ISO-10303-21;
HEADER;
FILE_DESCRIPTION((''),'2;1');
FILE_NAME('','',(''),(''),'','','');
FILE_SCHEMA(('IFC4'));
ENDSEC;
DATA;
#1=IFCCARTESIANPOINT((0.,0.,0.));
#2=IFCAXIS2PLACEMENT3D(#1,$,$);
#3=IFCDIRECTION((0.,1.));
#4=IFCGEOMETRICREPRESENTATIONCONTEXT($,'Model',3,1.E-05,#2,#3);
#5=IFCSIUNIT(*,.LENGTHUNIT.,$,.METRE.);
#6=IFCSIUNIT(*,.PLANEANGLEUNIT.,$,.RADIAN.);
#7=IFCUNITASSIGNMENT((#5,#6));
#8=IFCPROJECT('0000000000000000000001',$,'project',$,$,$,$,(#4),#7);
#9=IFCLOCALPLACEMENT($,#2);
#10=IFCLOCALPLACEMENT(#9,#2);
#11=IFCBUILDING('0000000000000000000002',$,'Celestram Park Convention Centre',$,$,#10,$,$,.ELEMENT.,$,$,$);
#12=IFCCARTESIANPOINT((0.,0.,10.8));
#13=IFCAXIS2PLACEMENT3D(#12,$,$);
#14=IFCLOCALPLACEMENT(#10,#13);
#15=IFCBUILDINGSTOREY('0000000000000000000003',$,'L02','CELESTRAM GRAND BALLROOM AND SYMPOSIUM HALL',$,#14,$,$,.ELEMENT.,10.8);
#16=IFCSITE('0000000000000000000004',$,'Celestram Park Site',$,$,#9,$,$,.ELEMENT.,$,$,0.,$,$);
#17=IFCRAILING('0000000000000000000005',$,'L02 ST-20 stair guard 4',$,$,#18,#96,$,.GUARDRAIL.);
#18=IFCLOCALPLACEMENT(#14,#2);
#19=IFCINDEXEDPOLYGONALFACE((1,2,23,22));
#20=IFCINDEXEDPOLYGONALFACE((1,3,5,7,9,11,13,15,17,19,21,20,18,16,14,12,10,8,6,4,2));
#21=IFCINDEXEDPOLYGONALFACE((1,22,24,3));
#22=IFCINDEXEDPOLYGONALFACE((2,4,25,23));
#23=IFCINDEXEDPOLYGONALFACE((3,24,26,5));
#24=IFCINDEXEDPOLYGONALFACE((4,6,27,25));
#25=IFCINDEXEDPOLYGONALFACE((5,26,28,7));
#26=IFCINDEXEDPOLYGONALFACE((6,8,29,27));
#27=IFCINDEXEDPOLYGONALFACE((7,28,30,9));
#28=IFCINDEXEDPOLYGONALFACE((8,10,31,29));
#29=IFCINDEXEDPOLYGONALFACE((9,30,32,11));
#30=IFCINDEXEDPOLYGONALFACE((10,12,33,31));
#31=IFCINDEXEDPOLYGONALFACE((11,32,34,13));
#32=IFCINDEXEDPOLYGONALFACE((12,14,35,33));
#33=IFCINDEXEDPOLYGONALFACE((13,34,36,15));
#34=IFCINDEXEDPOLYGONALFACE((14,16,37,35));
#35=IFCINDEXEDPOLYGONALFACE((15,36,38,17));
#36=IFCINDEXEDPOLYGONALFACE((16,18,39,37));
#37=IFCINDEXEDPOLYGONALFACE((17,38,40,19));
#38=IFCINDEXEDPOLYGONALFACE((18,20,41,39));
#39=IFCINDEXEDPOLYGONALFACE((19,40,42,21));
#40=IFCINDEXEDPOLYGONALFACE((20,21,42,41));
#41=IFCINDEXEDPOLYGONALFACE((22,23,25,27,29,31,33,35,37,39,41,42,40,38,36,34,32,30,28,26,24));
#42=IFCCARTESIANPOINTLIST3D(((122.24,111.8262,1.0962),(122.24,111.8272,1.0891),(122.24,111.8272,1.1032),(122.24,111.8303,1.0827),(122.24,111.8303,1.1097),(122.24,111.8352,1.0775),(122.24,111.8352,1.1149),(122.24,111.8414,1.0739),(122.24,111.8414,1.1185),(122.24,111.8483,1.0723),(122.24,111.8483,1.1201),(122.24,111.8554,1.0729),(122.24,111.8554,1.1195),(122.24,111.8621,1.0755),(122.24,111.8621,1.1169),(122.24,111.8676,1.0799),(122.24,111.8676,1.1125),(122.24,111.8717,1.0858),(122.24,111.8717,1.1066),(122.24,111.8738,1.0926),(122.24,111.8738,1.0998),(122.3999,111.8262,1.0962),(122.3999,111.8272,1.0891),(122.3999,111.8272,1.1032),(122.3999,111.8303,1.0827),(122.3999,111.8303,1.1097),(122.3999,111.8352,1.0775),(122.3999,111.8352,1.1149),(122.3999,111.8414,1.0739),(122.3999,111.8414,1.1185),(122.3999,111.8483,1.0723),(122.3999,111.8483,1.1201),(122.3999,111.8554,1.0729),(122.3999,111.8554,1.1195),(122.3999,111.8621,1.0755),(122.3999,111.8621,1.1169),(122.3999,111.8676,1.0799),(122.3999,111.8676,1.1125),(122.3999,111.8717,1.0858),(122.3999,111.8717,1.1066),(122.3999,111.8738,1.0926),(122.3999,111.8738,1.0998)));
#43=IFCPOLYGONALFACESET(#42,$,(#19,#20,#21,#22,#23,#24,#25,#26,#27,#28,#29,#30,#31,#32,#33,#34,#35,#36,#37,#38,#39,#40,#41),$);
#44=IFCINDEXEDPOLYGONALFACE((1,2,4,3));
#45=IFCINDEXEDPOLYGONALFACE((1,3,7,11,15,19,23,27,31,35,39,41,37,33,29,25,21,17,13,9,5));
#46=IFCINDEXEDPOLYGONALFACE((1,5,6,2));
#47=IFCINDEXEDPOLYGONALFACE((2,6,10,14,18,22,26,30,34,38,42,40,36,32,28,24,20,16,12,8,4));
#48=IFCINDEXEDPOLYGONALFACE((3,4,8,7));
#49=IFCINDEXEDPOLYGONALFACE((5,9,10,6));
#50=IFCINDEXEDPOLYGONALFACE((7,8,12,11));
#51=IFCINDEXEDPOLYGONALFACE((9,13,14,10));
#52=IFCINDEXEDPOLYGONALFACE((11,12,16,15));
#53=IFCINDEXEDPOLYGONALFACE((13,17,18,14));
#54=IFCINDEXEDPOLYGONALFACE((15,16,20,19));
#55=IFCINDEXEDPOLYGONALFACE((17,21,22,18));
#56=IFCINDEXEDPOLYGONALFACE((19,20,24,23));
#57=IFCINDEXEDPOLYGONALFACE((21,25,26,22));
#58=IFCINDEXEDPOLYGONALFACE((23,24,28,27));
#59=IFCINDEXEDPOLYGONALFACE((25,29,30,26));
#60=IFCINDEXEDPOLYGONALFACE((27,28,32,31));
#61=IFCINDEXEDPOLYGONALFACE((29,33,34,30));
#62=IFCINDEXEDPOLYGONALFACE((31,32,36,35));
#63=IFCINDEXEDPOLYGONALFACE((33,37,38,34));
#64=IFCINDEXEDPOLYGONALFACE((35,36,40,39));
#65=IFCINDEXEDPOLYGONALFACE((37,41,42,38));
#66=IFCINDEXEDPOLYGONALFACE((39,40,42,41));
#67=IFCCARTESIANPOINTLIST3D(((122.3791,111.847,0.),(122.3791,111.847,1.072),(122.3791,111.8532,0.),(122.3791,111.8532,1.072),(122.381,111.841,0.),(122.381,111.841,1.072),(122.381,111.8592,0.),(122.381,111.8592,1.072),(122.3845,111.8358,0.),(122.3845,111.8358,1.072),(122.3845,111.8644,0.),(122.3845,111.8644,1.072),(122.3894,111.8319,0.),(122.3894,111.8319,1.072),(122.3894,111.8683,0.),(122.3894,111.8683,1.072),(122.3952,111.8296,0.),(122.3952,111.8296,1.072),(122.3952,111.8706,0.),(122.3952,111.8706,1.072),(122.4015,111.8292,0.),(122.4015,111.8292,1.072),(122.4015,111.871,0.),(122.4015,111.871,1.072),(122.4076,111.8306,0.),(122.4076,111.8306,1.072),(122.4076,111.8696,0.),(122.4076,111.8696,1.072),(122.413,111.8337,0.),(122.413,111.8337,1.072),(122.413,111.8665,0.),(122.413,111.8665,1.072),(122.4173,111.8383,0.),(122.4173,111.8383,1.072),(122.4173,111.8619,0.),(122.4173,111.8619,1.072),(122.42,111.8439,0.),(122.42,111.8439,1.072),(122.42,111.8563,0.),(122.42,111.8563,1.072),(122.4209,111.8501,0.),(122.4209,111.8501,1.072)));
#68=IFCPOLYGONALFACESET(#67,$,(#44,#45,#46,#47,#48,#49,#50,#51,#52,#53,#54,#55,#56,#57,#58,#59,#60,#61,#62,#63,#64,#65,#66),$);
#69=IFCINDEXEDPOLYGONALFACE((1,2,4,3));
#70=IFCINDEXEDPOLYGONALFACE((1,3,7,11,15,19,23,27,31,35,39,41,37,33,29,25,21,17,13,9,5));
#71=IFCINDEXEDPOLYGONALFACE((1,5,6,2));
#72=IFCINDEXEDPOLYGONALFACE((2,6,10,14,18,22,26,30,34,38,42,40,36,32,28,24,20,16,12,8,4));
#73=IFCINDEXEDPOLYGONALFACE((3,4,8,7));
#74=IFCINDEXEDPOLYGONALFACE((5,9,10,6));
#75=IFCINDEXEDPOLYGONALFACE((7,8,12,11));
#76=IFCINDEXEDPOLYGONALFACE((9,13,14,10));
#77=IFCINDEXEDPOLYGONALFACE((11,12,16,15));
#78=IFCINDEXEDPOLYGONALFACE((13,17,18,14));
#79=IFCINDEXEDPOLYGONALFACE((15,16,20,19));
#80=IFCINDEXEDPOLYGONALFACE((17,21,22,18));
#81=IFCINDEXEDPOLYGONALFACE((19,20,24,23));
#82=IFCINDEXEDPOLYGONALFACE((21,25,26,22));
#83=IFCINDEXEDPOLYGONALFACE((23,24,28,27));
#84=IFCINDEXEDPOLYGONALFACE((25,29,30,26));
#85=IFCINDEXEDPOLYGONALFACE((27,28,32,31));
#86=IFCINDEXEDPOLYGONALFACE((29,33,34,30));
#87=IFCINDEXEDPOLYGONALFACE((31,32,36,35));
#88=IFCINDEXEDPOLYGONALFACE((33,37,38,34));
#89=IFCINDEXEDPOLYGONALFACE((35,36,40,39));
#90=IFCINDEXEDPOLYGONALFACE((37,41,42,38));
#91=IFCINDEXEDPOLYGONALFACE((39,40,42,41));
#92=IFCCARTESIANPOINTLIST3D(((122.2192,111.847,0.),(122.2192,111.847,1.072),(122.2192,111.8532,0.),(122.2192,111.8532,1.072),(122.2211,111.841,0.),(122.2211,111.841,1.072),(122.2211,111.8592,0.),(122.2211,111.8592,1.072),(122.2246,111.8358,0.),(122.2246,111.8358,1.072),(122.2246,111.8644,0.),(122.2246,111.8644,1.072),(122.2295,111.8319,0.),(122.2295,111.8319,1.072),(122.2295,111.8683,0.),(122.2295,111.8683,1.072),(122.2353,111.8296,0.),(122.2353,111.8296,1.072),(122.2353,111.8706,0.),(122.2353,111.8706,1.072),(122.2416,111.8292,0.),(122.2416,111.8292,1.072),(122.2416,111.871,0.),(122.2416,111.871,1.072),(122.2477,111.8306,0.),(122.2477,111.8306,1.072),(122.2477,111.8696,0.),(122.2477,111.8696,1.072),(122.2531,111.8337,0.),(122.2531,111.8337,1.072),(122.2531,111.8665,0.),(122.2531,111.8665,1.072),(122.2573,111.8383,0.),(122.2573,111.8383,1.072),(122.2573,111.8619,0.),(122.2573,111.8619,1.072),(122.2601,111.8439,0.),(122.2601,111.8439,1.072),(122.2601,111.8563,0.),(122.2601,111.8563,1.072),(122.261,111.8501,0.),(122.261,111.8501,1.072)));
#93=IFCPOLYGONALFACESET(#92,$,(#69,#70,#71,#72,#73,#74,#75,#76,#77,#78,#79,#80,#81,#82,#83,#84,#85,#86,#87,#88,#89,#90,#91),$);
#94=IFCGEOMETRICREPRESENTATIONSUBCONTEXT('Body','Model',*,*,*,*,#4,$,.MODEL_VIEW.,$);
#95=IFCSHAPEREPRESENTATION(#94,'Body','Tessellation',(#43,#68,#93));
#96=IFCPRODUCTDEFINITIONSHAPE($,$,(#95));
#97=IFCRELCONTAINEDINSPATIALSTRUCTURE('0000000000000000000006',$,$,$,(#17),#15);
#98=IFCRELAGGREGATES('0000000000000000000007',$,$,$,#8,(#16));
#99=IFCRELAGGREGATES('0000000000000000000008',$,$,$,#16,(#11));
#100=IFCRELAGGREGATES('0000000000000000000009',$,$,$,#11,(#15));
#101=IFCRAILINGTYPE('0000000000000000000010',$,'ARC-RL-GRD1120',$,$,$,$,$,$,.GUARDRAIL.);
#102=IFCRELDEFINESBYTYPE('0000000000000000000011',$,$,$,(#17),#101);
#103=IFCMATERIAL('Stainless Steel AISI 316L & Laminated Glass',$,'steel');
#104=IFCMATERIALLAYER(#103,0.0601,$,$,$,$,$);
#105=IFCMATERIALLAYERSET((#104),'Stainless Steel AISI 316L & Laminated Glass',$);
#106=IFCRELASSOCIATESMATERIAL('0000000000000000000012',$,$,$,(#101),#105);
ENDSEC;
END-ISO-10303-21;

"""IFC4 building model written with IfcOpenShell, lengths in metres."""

from ifc_helpers import new_model, si_unit, direction, frame, origin, origin_2d, place, context, subcontext, project, spatial, circle, extrude, material, layer, layer_set, type_object, element, save


model = new_model("IFC4")

# Units and contexts
model_context = context("Model", 3, precision=1e-05, world=origin(), true_north=direction((0.0, 1.0)))
body_context = subcontext(model_context, "Body", "Model", "MODEL_VIEW")
ifc_project = project(units=[si_unit("LENGTHUNIT", "METRE"), si_unit("PLANEANGLEUNIT", "RADIAN")], contexts=[model_context])

# Site, building, storey
site_placement = place(None, origin())
site = spatial("IfcSite", under=ifc_project, at=site_placement, Name="Celestram Park Site", CompositionType="ELEMENT", RefElevation=0.0)
building_placement = place(site_placement, origin())
building = spatial("IfcBuilding", under=site, at=building_placement, Name="Celestram Park Convention Centre", CompositionType="ELEMENT")
storey_placement = place(building_placement, frame((0.0, 0.0, 10.8)))
storey = spatial("IfcBuildingStorey", under=building, at=storey_placement, Name="L02", Description="CELESTRAM GRAND BALLROOM AND SYMPOSIUM HALL", CompositionType="ELEMENT", Elevation=10.8)

# Railing
ifc_material_1 = material(Name="Stainless Steel AISI 316L & Laminated Glass", Category="steel")
ifc_layer_1 = layer(ifc_material_1, 0.0601)
ifc_layer_set_1 = layer_set([ifc_layer_1], Name="Stainless Steel AISI 316L & Laminated Glass")
railing_type_1 = type_object("IfcRailingType", Name="ARC-RL-GRD1120", PredefinedType="GUARDRAIL", material=ifc_layer_set_1)
railing_1_placement = place(storey_placement, frame((122.3999, 111.8501, 0.0)))
element("IfcRailing", 1, at=railing_1_placement, inside=storey, type_object=railing_type_1, Name="L02 ST-20 stair guard 4", PredefinedType="GUARDRAIL", context=body_context, shape_type="SweptSolid", body=[
    extrude(circle(Radius=0.0239, at=origin_2d()), frame((0.0, 0.0, 1.0962), z_axis=(-1.0, 0.0, 0.0), x_axis=(0.0, -1.0, 0.0)), (0.0, 0.0, 1.0), 0.1599),
    extrude(circle(Radius=0.021, at=origin_2d()), origin(), (0.0, 0.0, 1.0), 1.072),
    extrude(circle(Radius=0.021, at=origin_2d()), frame((-0.1599, 0.0, 0.0)), (0.0, 0.0, 1.0), 1.072),
])

save(model, "model.ifc")
